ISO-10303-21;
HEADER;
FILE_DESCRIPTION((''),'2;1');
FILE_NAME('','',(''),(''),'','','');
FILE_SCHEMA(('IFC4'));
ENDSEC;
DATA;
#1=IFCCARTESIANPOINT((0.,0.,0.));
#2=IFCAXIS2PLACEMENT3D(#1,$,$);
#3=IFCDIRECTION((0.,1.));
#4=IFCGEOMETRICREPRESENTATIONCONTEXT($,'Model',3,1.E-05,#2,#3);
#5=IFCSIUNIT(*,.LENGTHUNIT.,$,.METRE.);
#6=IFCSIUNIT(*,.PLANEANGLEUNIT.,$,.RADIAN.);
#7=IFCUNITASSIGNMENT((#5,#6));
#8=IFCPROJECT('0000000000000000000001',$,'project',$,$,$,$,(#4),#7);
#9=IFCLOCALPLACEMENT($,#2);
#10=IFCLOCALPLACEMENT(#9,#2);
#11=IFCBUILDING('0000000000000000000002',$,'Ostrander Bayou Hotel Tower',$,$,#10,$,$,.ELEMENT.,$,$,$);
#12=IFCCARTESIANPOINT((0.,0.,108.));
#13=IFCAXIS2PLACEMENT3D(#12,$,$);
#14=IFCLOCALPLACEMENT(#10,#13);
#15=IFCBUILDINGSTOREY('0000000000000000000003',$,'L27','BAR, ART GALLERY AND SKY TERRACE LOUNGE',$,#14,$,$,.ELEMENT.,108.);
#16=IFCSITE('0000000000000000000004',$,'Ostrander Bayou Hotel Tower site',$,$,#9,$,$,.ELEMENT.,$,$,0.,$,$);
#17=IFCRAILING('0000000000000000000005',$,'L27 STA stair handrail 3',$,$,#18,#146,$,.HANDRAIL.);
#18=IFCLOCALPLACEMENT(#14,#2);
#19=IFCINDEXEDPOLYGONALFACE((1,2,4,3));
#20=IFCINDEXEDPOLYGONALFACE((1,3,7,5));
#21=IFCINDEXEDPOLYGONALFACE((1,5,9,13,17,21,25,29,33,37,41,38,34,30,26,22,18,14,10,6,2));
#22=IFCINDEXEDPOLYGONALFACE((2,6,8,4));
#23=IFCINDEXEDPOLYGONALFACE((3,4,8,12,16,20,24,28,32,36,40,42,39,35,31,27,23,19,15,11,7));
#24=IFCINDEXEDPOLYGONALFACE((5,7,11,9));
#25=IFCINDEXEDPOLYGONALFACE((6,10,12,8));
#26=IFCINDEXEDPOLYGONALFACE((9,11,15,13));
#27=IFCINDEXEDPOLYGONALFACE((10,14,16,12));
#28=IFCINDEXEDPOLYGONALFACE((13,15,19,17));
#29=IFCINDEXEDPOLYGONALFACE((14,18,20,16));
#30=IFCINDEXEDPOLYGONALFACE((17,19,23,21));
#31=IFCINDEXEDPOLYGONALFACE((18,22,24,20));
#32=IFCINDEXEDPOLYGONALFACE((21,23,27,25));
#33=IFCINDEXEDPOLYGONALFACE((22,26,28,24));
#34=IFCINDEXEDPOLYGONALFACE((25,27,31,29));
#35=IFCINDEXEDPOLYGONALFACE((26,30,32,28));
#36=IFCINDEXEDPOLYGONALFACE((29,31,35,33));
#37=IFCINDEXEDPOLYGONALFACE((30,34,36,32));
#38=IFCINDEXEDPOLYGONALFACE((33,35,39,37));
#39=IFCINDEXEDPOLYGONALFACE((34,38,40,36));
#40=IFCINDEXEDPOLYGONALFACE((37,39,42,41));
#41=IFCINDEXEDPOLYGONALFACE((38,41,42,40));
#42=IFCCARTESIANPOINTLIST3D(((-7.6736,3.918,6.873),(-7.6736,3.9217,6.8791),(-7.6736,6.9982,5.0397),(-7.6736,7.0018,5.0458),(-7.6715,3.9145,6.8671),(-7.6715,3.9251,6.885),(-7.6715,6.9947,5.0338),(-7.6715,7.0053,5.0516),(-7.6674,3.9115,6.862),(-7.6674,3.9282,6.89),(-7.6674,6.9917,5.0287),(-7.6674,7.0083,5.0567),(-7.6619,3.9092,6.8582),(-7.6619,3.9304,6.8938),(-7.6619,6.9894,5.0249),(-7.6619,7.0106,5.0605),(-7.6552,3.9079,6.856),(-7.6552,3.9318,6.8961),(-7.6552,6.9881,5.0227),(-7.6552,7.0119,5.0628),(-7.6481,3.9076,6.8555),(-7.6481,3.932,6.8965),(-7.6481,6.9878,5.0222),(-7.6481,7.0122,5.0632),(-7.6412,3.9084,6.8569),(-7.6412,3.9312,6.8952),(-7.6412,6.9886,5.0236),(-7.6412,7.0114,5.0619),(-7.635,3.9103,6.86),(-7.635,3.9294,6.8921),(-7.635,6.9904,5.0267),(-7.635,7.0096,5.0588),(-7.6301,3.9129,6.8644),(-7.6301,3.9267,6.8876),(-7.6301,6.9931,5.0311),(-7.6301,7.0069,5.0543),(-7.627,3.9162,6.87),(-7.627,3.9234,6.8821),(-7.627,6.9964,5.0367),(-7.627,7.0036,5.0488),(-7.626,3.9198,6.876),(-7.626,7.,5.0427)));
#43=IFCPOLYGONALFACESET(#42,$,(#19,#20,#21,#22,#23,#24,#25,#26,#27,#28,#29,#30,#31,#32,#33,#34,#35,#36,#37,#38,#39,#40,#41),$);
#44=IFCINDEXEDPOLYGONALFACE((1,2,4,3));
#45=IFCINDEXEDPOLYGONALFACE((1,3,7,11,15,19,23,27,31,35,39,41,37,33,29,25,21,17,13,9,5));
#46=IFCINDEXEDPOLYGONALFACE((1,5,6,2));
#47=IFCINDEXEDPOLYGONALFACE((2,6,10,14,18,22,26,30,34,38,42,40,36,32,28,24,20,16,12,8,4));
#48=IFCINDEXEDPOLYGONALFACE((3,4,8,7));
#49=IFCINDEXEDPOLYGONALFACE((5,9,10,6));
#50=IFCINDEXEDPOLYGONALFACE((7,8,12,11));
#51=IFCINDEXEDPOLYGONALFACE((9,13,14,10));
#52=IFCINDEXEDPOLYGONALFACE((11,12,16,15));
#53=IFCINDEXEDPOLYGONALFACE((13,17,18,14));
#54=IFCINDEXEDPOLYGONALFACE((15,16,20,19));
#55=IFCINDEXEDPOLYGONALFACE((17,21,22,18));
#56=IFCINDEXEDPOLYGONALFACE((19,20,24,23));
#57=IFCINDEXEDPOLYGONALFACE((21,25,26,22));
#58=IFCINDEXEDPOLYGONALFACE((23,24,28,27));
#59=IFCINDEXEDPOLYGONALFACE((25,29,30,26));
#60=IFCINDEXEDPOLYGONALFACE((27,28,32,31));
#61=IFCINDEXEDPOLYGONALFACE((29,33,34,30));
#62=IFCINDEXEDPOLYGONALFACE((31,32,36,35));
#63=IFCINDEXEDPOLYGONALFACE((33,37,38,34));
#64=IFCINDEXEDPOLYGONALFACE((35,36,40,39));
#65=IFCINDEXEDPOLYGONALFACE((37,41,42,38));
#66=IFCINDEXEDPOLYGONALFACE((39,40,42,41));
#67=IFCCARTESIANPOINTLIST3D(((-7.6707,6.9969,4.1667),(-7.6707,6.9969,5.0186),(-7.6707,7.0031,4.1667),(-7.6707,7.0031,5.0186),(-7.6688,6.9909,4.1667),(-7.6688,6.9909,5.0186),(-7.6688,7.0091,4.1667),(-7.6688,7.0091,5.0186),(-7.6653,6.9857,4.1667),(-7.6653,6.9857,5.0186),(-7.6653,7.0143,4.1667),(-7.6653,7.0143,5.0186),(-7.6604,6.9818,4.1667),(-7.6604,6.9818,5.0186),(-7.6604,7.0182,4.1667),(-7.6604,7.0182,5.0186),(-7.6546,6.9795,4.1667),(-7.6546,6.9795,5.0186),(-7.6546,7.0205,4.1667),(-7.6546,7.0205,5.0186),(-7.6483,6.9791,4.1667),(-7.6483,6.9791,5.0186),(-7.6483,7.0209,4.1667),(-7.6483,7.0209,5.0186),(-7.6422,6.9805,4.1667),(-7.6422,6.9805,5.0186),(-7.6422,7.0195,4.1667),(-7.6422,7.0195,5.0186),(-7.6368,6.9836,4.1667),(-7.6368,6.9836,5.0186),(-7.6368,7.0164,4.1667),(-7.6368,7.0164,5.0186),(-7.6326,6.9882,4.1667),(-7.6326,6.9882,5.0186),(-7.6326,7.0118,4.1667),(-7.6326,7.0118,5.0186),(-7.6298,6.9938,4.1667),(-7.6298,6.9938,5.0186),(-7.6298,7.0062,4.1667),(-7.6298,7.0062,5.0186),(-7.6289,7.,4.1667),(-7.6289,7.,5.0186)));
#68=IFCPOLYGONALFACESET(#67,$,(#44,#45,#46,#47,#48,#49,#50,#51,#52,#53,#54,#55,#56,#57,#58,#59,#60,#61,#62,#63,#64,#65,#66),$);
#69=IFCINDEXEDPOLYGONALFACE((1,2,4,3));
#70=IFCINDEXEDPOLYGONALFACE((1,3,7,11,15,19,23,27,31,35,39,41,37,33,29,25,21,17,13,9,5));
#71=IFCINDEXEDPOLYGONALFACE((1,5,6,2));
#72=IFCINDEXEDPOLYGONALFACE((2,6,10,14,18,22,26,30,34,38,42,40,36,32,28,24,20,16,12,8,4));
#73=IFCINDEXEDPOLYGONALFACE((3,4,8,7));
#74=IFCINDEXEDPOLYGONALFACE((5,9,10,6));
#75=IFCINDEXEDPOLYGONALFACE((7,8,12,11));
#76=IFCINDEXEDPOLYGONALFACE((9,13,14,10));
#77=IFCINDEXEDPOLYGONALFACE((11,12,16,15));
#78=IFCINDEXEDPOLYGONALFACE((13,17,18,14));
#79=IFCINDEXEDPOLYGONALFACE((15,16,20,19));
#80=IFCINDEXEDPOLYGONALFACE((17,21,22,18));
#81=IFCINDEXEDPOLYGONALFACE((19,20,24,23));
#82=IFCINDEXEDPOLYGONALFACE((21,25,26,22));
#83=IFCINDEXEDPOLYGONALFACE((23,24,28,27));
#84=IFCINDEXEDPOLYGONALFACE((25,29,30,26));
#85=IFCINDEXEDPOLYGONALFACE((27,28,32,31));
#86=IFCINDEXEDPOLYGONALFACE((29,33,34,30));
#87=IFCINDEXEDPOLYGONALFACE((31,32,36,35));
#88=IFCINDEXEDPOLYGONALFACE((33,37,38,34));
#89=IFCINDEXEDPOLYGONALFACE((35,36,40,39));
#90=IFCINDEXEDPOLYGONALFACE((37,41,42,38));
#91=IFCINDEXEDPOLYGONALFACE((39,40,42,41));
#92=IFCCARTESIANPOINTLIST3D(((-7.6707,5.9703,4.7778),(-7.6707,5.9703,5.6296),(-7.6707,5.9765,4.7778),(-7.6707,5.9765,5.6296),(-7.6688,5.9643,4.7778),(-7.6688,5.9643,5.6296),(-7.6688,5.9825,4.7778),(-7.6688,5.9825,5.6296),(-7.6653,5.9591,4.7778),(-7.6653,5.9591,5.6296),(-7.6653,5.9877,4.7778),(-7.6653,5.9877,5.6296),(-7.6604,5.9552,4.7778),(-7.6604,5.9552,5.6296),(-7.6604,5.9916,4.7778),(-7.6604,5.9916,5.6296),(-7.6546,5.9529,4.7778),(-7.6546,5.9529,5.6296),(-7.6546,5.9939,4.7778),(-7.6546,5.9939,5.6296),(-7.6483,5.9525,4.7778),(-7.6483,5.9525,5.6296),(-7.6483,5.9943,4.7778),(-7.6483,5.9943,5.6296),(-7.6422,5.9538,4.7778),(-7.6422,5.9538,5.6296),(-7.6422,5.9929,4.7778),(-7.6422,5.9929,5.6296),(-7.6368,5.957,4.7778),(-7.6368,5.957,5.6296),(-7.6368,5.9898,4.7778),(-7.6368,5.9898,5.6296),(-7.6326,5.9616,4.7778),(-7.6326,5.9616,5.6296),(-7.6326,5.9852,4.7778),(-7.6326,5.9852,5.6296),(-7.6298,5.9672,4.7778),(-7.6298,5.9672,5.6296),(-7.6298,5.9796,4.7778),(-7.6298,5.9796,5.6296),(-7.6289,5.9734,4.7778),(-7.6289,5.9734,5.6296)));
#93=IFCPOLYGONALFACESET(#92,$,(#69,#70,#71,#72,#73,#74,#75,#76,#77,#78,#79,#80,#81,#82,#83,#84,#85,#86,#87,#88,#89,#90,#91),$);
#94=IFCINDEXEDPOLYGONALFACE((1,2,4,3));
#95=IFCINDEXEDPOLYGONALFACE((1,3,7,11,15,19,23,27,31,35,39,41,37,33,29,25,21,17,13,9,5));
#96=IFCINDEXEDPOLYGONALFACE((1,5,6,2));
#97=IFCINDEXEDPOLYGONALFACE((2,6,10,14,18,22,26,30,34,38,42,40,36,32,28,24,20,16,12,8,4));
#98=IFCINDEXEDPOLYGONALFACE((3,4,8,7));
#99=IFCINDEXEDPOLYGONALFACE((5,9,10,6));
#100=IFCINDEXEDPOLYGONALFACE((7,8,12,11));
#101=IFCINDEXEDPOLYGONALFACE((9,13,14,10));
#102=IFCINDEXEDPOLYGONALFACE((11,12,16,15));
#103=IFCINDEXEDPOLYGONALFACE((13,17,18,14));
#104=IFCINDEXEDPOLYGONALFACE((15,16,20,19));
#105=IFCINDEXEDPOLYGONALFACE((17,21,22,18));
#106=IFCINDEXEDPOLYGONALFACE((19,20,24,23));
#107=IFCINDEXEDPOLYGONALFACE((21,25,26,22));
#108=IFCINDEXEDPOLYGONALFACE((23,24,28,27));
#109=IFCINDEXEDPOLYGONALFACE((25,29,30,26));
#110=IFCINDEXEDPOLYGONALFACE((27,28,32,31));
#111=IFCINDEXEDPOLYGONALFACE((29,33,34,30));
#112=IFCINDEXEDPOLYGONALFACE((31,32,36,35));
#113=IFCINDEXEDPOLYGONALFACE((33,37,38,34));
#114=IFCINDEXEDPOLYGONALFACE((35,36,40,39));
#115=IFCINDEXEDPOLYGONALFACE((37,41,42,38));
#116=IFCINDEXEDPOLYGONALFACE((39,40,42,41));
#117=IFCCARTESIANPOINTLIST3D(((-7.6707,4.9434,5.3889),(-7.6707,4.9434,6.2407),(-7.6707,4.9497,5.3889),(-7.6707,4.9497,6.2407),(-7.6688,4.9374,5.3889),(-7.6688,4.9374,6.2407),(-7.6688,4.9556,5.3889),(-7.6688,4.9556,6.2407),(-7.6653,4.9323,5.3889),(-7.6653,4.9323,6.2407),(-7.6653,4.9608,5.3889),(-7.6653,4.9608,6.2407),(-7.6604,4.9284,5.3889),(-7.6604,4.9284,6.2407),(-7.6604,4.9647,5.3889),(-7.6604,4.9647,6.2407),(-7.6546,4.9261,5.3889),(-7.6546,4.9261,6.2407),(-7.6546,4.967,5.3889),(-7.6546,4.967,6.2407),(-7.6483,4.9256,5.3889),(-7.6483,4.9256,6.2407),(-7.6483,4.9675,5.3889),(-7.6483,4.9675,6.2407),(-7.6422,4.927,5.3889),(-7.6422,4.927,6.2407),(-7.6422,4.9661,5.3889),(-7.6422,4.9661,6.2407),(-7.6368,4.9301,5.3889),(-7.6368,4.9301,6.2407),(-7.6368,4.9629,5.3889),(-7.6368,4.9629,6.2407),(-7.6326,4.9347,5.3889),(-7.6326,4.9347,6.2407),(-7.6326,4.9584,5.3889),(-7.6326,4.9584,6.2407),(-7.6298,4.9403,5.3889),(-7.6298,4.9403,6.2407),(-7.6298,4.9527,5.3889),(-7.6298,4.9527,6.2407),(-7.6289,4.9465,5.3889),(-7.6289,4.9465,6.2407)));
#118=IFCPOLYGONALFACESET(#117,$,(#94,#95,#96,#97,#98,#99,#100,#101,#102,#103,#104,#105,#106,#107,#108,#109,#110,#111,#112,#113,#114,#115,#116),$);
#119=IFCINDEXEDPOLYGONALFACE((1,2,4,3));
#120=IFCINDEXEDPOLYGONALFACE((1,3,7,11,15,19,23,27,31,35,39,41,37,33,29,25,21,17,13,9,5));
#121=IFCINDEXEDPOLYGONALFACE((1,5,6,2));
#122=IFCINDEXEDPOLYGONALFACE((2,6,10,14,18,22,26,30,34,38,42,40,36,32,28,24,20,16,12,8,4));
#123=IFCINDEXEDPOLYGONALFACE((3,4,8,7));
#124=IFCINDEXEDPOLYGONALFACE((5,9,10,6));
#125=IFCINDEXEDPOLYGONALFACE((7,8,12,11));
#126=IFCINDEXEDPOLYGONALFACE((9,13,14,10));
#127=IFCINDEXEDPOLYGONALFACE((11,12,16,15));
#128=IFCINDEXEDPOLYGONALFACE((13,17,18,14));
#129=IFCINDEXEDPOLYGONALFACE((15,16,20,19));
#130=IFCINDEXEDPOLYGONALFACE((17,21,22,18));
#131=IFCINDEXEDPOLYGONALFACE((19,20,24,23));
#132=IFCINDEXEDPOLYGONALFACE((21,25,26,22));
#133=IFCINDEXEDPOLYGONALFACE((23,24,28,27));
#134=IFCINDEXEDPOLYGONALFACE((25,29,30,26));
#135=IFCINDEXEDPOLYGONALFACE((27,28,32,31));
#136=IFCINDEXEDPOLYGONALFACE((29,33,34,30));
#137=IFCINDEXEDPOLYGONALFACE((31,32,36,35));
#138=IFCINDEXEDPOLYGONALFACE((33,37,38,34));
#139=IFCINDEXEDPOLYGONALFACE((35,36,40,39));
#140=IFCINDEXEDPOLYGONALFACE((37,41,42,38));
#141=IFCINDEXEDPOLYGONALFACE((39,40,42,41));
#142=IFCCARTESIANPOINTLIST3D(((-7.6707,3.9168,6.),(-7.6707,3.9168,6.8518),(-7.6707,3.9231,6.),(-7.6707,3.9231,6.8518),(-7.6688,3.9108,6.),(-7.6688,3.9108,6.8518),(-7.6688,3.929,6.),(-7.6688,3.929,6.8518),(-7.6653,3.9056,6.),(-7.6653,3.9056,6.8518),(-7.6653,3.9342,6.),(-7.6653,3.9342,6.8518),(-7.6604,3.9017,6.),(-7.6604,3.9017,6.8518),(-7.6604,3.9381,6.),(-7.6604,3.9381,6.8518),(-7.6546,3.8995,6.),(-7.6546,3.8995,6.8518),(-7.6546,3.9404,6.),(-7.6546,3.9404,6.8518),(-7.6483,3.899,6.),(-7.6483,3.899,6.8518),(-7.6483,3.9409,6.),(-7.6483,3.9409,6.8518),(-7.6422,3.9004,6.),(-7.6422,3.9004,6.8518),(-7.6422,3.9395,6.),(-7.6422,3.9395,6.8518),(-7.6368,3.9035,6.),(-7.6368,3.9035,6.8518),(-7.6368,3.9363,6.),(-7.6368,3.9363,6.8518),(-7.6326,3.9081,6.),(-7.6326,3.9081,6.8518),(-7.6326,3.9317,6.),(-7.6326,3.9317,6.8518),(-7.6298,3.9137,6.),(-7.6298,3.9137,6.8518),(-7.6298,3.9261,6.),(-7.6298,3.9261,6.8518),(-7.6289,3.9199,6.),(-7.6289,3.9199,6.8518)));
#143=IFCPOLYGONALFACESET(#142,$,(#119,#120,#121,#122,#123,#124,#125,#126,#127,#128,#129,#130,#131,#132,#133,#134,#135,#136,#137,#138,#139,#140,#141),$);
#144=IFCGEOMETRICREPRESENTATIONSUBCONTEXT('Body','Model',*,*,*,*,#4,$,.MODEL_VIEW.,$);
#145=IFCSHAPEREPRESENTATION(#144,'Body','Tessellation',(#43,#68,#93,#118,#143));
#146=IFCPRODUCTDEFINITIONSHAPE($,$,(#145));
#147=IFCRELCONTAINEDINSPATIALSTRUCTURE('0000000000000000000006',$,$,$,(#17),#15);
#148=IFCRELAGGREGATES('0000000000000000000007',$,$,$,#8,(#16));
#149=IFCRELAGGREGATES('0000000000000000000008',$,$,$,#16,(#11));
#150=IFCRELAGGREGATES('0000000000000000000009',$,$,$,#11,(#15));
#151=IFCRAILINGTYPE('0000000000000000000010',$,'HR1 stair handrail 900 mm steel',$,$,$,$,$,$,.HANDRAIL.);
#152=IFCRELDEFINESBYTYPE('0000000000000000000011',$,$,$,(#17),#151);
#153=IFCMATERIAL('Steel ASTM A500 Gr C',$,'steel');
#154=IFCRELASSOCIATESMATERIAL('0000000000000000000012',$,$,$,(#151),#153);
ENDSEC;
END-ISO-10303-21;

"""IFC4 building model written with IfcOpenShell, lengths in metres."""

from ifc_helpers import new_model, si_unit, direction, frame, origin, origin_2d, place, context, subcontext, project, spatial, circle, extrude, material, type_object, element, save


model = new_model("IFC4")

# Units and contexts
model_context = context("Model", 3, precision=1e-05, world=origin(), true_north=direction((0.0, 1.0)))
body_context = subcontext(model_context, "Body", "Model", "MODEL_VIEW")
ifc_project = project(units=[si_unit("LENGTHUNIT", "METRE"), si_unit("PLANEANGLEUNIT", "RADIAN")], contexts=[model_context])

# Site, building, storey
site_placement = place(None, origin())
site = spatial("IfcSite", under=ifc_project, at=site_placement, Name="Ostrander Bayou Hotel Tower site", CompositionType="ELEMENT", RefElevation=0.0)
building_placement = place(site_placement, origin())
building = spatial("IfcBuilding", under=site, at=building_placement, Name="Ostrander Bayou Hotel Tower", CompositionType="ELEMENT")
storey_placement = place(building_placement, frame((0.0, 0.0, 108.0)))
storey = spatial("IfcBuildingStorey", under=building, at=storey_placement, Name="L27", Description="BAR, ART GALLERY AND SKY TERRACE LOUNGE", CompositionType="ELEMENT", Elevation=108.0)

# Railing
ifc_material_1 = material(Name="Steel ASTM A500 Gr C", Category="steel")
railing_type_1 = type_object("IfcRailingType", Name="HR1 stair handrail 900 mm steel", PredefinedType="HANDRAIL", material=ifc_material_1)
railing_1_placement = place(storey_placement, frame((-7.6499, 7.0, 4.1667)))
element("IfcRailing", 1, at=railing_1_placement, inside=storey, type_object=railing_type_1, Name="L27 STA stair handrail 3", PredefinedType="HANDRAIL", context=body_context, shape_type="SweptSolid", body=[
    extrude(circle(Radius=0.0239, at=origin_2d()), frame((0.0, 0.0, 0.876), z_axis=(0.0, -0.859309, 0.511458), x_axis=(1.0, 0.0, 0.0)), (0.0, 0.0, 1.0), 3.5845),
    extrude(circle(Radius=0.021, at=origin_2d()), origin(), (0.0, 0.0, 1.0), 0.8518),
    extrude(circle(Radius=0.021, at=origin_2d()), frame((0.0, -1.0266, 0.6111)), (0.0, 0.0, 1.0), 0.8518),
    extrude(circle(Radius=0.021, at=origin_2d()), frame((0.0, -2.0535, 1.2222)), (0.0, 0.0, 1.0), 0.8518),
    extrude(circle(Radius=0.021, at=origin_2d()), frame((0.0, -3.0801, 1.8333)), (0.0, 0.0, 1.0), 0.8518),
])

save(model, "model.ifc")
